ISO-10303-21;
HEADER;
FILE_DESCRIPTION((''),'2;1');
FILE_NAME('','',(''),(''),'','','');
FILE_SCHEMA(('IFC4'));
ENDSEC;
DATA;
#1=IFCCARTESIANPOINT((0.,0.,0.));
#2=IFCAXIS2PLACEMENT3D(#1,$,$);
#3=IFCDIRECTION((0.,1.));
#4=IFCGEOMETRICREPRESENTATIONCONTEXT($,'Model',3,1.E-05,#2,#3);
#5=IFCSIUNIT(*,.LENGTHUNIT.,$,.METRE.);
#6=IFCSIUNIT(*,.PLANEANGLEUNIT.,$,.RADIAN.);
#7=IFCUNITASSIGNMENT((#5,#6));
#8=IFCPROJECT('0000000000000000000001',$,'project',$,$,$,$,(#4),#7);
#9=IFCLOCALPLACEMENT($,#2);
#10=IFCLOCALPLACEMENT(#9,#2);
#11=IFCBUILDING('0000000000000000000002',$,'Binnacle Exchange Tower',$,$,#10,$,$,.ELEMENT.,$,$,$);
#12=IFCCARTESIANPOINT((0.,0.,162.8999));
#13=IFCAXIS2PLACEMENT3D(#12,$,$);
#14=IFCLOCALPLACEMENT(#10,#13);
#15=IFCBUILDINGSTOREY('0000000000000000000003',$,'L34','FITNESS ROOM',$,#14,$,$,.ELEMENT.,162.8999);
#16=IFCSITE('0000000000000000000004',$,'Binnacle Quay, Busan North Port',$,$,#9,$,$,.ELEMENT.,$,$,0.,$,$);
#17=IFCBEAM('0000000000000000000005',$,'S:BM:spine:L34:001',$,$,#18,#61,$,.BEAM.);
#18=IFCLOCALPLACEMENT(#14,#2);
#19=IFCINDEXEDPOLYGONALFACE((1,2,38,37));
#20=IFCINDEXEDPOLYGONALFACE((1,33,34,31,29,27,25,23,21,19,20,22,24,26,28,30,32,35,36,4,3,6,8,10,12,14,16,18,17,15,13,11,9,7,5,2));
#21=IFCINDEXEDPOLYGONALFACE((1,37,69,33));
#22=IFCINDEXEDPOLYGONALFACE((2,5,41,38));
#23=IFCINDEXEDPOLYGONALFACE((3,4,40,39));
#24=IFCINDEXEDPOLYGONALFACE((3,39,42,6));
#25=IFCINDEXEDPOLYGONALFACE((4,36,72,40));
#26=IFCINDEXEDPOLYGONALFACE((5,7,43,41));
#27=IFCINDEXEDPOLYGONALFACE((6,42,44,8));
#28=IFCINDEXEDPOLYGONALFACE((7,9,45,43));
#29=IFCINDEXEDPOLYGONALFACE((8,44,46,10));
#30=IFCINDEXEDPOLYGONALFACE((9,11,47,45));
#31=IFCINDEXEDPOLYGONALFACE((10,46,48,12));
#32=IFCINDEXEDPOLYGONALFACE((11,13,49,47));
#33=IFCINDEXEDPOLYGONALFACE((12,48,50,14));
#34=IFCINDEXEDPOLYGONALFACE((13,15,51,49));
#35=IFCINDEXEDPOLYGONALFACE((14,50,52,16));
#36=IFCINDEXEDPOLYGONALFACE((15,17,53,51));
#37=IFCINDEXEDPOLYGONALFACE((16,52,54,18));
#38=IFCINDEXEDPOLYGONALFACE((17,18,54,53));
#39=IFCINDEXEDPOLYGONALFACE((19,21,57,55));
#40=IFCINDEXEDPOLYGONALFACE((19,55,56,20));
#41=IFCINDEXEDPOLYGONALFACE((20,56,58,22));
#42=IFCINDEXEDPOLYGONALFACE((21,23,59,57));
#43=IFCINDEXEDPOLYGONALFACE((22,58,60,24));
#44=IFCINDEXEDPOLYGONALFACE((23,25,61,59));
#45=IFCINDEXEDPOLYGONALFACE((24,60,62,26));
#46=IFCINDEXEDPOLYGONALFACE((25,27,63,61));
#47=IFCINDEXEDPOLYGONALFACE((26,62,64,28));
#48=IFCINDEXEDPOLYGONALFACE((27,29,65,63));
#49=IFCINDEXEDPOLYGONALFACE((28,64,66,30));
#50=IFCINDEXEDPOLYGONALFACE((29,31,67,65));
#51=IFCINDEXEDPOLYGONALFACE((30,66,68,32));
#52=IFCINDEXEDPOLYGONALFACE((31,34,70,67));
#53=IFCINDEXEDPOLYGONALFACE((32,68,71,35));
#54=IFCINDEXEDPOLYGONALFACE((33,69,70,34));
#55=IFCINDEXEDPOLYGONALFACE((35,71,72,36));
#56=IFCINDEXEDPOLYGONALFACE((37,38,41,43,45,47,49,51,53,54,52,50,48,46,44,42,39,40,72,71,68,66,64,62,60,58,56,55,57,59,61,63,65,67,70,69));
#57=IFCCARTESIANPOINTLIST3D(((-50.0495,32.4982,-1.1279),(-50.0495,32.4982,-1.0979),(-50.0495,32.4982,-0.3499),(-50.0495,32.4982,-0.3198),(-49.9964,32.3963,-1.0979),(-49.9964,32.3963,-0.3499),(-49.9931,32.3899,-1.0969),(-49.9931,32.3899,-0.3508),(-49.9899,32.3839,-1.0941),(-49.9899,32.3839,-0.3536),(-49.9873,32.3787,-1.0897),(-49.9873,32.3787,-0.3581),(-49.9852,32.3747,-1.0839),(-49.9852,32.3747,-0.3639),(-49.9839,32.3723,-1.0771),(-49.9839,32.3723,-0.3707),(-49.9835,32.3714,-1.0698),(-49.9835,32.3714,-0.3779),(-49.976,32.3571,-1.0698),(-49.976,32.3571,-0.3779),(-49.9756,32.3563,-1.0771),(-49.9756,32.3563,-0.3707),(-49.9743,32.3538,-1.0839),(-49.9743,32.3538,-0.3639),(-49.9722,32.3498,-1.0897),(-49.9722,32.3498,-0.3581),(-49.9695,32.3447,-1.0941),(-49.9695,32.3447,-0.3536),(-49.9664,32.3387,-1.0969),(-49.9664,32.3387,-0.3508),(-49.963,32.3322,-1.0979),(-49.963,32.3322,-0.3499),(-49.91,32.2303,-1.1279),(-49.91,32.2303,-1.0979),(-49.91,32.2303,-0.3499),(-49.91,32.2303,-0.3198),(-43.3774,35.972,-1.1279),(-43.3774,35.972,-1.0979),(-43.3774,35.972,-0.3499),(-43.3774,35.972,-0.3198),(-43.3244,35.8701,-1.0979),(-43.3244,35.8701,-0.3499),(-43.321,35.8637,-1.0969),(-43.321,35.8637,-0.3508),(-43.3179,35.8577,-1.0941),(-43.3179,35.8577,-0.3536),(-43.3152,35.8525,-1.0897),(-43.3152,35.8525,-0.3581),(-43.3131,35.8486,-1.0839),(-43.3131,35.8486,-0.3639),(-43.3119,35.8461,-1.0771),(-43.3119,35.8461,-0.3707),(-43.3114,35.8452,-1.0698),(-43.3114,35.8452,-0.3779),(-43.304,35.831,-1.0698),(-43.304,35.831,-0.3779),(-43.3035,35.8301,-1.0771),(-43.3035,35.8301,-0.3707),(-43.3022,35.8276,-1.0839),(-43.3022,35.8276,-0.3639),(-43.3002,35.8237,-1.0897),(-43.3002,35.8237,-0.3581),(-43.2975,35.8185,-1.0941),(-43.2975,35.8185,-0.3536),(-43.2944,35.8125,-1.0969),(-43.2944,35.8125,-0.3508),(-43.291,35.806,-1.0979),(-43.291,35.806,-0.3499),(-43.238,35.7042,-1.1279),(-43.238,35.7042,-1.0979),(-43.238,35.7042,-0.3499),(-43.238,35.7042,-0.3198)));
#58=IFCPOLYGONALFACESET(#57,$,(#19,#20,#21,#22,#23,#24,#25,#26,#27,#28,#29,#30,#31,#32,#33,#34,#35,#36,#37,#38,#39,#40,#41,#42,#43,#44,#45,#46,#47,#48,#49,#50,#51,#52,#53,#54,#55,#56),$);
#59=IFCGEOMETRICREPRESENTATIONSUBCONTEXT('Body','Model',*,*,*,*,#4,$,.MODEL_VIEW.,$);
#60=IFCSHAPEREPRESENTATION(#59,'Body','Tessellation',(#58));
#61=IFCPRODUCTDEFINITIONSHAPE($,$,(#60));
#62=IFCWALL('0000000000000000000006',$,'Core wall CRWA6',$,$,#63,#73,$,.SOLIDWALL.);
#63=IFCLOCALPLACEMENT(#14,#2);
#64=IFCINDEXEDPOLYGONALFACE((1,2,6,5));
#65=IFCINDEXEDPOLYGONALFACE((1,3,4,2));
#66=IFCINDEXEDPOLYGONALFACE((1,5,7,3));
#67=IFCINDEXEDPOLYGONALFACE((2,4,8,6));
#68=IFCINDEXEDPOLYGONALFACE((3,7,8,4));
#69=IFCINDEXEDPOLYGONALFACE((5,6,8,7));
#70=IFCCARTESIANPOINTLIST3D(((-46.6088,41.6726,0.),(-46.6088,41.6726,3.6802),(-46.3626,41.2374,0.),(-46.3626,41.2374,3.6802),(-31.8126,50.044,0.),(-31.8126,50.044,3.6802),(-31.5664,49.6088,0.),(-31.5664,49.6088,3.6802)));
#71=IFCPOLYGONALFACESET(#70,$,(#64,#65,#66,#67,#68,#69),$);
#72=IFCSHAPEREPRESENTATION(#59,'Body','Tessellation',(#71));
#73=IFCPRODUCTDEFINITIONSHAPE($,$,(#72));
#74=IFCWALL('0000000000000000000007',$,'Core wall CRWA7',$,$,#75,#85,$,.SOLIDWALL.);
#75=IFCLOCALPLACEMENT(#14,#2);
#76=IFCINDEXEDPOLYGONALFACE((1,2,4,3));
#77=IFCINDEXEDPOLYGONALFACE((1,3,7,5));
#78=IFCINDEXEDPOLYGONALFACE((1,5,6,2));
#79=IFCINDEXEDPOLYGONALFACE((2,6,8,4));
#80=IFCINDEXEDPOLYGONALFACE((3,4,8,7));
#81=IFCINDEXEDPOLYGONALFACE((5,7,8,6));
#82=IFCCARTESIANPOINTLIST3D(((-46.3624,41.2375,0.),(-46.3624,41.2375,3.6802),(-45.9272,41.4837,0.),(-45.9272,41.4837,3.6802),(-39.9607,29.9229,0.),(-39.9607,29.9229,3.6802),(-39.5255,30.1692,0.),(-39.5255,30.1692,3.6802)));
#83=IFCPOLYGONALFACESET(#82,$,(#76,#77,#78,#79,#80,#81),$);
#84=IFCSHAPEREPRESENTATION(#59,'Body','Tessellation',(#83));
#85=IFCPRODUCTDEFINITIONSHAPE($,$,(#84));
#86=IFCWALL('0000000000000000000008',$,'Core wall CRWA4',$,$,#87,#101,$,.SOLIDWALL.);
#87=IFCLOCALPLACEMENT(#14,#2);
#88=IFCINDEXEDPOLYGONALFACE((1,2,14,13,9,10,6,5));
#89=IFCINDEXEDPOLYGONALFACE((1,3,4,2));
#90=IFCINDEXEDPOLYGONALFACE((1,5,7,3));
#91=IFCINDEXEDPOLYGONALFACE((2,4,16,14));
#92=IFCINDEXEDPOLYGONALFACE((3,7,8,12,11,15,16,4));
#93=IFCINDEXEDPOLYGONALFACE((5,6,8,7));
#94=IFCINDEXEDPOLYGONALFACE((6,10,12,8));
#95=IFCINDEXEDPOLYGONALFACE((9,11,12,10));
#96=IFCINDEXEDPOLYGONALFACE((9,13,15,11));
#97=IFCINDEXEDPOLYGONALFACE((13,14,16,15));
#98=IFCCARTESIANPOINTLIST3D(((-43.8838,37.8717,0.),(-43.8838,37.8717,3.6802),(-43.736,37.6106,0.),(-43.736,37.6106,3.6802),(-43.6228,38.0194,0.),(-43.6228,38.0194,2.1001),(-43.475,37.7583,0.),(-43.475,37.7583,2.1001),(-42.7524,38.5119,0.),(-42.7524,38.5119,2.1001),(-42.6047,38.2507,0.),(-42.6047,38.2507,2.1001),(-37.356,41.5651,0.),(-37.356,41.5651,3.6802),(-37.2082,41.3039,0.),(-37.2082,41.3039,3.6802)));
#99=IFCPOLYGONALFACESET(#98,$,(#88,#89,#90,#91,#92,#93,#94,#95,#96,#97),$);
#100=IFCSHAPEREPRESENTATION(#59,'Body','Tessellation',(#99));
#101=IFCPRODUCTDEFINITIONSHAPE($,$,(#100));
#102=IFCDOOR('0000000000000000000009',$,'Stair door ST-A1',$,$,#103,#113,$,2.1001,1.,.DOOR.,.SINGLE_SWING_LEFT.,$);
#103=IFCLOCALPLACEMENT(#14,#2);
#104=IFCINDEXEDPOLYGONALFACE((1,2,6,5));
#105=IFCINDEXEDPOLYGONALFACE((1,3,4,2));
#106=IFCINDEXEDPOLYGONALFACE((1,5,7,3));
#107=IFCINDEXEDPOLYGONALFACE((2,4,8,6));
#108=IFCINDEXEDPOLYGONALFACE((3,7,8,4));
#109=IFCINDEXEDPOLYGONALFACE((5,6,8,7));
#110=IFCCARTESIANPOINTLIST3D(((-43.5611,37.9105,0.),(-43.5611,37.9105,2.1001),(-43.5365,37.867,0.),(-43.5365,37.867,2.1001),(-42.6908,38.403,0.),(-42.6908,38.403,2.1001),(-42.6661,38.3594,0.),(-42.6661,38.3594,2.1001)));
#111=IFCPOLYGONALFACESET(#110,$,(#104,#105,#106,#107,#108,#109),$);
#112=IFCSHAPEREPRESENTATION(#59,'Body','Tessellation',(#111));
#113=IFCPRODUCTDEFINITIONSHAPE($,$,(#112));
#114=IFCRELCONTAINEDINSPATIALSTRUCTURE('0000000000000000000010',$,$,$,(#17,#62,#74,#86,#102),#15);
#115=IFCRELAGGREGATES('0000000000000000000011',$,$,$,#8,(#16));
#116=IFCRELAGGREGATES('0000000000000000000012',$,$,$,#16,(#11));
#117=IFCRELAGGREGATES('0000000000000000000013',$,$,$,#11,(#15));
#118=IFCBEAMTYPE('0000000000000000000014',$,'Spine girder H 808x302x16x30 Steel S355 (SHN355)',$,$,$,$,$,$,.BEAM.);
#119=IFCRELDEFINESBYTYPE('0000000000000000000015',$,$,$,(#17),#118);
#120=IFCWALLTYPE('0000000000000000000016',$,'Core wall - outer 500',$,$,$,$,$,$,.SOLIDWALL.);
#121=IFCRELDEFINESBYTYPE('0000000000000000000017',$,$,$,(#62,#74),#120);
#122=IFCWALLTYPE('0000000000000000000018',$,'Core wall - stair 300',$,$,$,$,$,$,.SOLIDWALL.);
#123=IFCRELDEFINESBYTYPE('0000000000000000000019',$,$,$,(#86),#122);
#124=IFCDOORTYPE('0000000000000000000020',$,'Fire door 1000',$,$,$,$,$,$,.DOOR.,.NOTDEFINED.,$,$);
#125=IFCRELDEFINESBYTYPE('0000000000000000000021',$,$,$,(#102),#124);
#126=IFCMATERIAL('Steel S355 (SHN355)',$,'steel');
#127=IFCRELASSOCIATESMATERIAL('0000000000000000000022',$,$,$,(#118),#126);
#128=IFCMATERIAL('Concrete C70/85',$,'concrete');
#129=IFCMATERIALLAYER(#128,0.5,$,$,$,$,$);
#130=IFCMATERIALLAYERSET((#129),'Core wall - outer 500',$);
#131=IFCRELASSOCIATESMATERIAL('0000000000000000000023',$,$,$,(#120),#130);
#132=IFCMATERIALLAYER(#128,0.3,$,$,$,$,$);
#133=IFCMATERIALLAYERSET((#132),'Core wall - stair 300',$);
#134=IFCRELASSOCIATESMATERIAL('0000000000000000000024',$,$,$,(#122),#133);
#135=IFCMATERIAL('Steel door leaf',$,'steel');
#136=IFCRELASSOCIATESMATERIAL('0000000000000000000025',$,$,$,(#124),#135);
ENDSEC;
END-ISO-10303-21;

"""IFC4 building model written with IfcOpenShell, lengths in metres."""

from ifc_helpers import new_model, si_unit, direction, frame, frame_2d, origin, origin_2d, place, context, subcontext, project, spatial, rectangle, i_section, extrude, material, layer, layer_set, material_profile, profile_set, type_object, element, fill, save


model = new_model("IFC4")

# Units and contexts
model_context = context("Model", 3, precision=1e-05, world=origin(), true_north=direction((0.0, 1.0)))
body_context = subcontext(model_context, "Body", "Model", "MODEL_VIEW")
ifc_project = project(units=[si_unit("LENGTHUNIT", "METRE"), si_unit("PLANEANGLEUNIT", "RADIAN")], contexts=[model_context])

# Site, building, storey
site_placement = place(None, origin())
site = spatial("IfcSite", under=ifc_project, at=site_placement, Name="Binnacle Quay, Busan North Port", CompositionType="ELEMENT", RefElevation=0.0)
building_placement = place(site_placement, origin())
building = spatial("IfcBuilding", under=site, at=building_placement, Name="Binnacle Exchange Tower", CompositionType="ELEMENT")
storey_placement = place(building_placement, frame((0.0, 0.0, 162.8999)))
storey = spatial("IfcBuildingStorey", under=building, at=storey_placement, Name="L34", Description="FITNESS ROOM", CompositionType="ELEMENT", Elevation=162.8999)

# Shared definitions
ifc_material_1 = material(Name="Concrete C70/85", Category="concrete")

# Beam
ifc_material_2 = material(Name="Steel S355 (SHN355)", Category="steel")
ifc_material_profile_1 = material_profile(ifc_material_2, i_section(OverallWidth=0.302, OverallDepth=0.8081, WebThickness=0.0161, FlangeThickness=0.03, FilletRadius=0.0281, at=origin_2d()), Name="H 808x302x16x30")
ifc_profile_set_1 = profile_set([ifc_material_profile_1], Name="Steel S355 (SHN355)")
beam_type_1 = type_object("IfcBeamType", Name="Spine girder H 808x302x16x30 Steel S355 (SHN355)", PredefinedType="BEAM", material=ifc_profile_set_1)
beam_1_placement = place(storey_placement, frame((-49.9797, 32.3643, -0.7239), z_axis=(0.886979, 0.46181, 0.0), x_axis=(-0.46181, 0.886979, 0.0)))
element("IfcBeam", 1, at=beam_1_placement, inside=storey, type_object=beam_type_1, Name="S:BM:spine:L34:001", PredefinedType="BEAM", context=body_context, shape_type="SweptSolid", body=[
    extrude(i_section(OverallWidth=0.302, OverallDepth=0.8081, WebThickness=0.0161, FlangeThickness=0.03, FilletRadius=0.0281, at=origin_2d()), origin(), (0.0, 0.0, 1.0), 7.5222),
])

# Walls
ifc_layer_1 = layer(ifc_material_1, 0.5)
ifc_layer_set_1 = layer_set([ifc_layer_1], Name="Core wall - outer 500")
wall_type_1 = type_object("IfcWallType", Name="Core wall - outer 500", PredefinedType="SOLIDWALL", material=ifc_layer_set_1)
wall_1_placement = place(storey_placement, frame((-46.4856, 41.4551, 0.0), z_axis=(0.0, 0.0, 1.0), x_axis=(0.870354, 0.492427, 0.0)))
element("IfcWall", 2, at=wall_1_placement, inside=storey, type_object=wall_type_1, Name="Core wall CRWA6", PredefinedType="SOLIDWALL", context=body_context, shape_type="SweptSolid", body=[
    extrude(rectangle(XDim=17.0002, YDim=0.5, at=frame_2d((8.5, 0.0))), origin(), (0.0, 0.0, 1.0), 3.6802),
])
wall_2_placement = place(storey_placement, frame((-46.1448, 41.3606, 0.0), z_axis=(0.0, 0.0, 1.0), x_axis=(0.492435, -0.870349, 0.0)))
element("IfcWall", 3, at=wall_2_placement, inside=storey, type_object=wall_type_1, Name="Core wall CRWA7", PredefinedType="SOLIDWALL", context=body_context, shape_type="SweptSolid", body=[
    extrude(rectangle(XDim=13.0, YDim=0.5, at=frame_2d((6.5, 0.0))), origin(), (0.0, 0.0, 1.0), 3.6802),
])

# Wall, opening, door
ifc_layer_2 = layer(ifc_material_1, 0.3)
ifc_layer_set_2 = layer_set([ifc_layer_2], Name="Core wall - stair 300")
wall_type_2 = type_object("IfcWallType", Name="Core wall - stair 300", PredefinedType="SOLIDWALL", material=ifc_layer_set_2)
wall_3_placement = place(storey_placement, frame((-43.8098, 37.7412, 0.0), z_axis=(0.0, 0.0, 1.0), x_axis=(0.870351, 0.492433, 0.0)))
wall_3 = element("IfcWall", 4, at=wall_3_placement, inside=storey, type_object=wall_type_2, Name="Core wall CRWA4", PredefinedType="SOLIDWALL", context=body_context, shape_type="SweptSolid", body=[
    extrude(rectangle(XDim=7.5002, YDim=0.3, at=frame_2d((3.75, 0.0))), origin(), (0.0, 0.0, 1.0), 3.6802),
])
opening_1_placement = place(wall_3_placement, frame((0.2998, 0.0, 0.0)))
opening_1 = element("IfcOpeningElement", 5, at=opening_1_placement, cuts=wall_3, PredefinedType="OPENING", context=body_context, shape_type="SweptSolid", body=[
    extrude(rectangle(XDim=1.0, YDim=2.1001, at=frame_2d((0.5, 1.05))), frame((0.0, 0.1599, 0.0), z_axis=(0.0, -1.0, 0.0), x_axis=(1.0, 0.0, 0.0)), (0.0, 0.0, 1.0), 0.3201),
])
ifc_material_3 = material(Name="Steel door leaf", Category="steel")
door_type = type_object("IfcDoorType", Name="Fire door 1000", OperationType="NOTDEFINED", PredefinedType="DOOR", material=ifc_material_3)
door_placement = place(opening_1_placement, origin())
door = element("IfcDoor", 6, at=door_placement, inside=storey, type_object=door_type, Name="Stair door ST-A1", OperationType="SINGLE_SWING_LEFT", OverallHeight=2.1001, OverallWidth=1.0, PredefinedType="DOOR", context=body_context, shape_type="SweptSolid", body=[
    extrude(rectangle(XDim=1.0, YDim=2.1001, at=frame_2d((0.5, 1.05))), frame((0.0, 0.0249, 0.0), z_axis=(0.0, -1.0, 0.0), x_axis=(1.0, 0.0, 0.0)), (0.0, 0.0, 1.0), 0.05),
])
fill(opening_1, door)

save(model, "model.ifc")
